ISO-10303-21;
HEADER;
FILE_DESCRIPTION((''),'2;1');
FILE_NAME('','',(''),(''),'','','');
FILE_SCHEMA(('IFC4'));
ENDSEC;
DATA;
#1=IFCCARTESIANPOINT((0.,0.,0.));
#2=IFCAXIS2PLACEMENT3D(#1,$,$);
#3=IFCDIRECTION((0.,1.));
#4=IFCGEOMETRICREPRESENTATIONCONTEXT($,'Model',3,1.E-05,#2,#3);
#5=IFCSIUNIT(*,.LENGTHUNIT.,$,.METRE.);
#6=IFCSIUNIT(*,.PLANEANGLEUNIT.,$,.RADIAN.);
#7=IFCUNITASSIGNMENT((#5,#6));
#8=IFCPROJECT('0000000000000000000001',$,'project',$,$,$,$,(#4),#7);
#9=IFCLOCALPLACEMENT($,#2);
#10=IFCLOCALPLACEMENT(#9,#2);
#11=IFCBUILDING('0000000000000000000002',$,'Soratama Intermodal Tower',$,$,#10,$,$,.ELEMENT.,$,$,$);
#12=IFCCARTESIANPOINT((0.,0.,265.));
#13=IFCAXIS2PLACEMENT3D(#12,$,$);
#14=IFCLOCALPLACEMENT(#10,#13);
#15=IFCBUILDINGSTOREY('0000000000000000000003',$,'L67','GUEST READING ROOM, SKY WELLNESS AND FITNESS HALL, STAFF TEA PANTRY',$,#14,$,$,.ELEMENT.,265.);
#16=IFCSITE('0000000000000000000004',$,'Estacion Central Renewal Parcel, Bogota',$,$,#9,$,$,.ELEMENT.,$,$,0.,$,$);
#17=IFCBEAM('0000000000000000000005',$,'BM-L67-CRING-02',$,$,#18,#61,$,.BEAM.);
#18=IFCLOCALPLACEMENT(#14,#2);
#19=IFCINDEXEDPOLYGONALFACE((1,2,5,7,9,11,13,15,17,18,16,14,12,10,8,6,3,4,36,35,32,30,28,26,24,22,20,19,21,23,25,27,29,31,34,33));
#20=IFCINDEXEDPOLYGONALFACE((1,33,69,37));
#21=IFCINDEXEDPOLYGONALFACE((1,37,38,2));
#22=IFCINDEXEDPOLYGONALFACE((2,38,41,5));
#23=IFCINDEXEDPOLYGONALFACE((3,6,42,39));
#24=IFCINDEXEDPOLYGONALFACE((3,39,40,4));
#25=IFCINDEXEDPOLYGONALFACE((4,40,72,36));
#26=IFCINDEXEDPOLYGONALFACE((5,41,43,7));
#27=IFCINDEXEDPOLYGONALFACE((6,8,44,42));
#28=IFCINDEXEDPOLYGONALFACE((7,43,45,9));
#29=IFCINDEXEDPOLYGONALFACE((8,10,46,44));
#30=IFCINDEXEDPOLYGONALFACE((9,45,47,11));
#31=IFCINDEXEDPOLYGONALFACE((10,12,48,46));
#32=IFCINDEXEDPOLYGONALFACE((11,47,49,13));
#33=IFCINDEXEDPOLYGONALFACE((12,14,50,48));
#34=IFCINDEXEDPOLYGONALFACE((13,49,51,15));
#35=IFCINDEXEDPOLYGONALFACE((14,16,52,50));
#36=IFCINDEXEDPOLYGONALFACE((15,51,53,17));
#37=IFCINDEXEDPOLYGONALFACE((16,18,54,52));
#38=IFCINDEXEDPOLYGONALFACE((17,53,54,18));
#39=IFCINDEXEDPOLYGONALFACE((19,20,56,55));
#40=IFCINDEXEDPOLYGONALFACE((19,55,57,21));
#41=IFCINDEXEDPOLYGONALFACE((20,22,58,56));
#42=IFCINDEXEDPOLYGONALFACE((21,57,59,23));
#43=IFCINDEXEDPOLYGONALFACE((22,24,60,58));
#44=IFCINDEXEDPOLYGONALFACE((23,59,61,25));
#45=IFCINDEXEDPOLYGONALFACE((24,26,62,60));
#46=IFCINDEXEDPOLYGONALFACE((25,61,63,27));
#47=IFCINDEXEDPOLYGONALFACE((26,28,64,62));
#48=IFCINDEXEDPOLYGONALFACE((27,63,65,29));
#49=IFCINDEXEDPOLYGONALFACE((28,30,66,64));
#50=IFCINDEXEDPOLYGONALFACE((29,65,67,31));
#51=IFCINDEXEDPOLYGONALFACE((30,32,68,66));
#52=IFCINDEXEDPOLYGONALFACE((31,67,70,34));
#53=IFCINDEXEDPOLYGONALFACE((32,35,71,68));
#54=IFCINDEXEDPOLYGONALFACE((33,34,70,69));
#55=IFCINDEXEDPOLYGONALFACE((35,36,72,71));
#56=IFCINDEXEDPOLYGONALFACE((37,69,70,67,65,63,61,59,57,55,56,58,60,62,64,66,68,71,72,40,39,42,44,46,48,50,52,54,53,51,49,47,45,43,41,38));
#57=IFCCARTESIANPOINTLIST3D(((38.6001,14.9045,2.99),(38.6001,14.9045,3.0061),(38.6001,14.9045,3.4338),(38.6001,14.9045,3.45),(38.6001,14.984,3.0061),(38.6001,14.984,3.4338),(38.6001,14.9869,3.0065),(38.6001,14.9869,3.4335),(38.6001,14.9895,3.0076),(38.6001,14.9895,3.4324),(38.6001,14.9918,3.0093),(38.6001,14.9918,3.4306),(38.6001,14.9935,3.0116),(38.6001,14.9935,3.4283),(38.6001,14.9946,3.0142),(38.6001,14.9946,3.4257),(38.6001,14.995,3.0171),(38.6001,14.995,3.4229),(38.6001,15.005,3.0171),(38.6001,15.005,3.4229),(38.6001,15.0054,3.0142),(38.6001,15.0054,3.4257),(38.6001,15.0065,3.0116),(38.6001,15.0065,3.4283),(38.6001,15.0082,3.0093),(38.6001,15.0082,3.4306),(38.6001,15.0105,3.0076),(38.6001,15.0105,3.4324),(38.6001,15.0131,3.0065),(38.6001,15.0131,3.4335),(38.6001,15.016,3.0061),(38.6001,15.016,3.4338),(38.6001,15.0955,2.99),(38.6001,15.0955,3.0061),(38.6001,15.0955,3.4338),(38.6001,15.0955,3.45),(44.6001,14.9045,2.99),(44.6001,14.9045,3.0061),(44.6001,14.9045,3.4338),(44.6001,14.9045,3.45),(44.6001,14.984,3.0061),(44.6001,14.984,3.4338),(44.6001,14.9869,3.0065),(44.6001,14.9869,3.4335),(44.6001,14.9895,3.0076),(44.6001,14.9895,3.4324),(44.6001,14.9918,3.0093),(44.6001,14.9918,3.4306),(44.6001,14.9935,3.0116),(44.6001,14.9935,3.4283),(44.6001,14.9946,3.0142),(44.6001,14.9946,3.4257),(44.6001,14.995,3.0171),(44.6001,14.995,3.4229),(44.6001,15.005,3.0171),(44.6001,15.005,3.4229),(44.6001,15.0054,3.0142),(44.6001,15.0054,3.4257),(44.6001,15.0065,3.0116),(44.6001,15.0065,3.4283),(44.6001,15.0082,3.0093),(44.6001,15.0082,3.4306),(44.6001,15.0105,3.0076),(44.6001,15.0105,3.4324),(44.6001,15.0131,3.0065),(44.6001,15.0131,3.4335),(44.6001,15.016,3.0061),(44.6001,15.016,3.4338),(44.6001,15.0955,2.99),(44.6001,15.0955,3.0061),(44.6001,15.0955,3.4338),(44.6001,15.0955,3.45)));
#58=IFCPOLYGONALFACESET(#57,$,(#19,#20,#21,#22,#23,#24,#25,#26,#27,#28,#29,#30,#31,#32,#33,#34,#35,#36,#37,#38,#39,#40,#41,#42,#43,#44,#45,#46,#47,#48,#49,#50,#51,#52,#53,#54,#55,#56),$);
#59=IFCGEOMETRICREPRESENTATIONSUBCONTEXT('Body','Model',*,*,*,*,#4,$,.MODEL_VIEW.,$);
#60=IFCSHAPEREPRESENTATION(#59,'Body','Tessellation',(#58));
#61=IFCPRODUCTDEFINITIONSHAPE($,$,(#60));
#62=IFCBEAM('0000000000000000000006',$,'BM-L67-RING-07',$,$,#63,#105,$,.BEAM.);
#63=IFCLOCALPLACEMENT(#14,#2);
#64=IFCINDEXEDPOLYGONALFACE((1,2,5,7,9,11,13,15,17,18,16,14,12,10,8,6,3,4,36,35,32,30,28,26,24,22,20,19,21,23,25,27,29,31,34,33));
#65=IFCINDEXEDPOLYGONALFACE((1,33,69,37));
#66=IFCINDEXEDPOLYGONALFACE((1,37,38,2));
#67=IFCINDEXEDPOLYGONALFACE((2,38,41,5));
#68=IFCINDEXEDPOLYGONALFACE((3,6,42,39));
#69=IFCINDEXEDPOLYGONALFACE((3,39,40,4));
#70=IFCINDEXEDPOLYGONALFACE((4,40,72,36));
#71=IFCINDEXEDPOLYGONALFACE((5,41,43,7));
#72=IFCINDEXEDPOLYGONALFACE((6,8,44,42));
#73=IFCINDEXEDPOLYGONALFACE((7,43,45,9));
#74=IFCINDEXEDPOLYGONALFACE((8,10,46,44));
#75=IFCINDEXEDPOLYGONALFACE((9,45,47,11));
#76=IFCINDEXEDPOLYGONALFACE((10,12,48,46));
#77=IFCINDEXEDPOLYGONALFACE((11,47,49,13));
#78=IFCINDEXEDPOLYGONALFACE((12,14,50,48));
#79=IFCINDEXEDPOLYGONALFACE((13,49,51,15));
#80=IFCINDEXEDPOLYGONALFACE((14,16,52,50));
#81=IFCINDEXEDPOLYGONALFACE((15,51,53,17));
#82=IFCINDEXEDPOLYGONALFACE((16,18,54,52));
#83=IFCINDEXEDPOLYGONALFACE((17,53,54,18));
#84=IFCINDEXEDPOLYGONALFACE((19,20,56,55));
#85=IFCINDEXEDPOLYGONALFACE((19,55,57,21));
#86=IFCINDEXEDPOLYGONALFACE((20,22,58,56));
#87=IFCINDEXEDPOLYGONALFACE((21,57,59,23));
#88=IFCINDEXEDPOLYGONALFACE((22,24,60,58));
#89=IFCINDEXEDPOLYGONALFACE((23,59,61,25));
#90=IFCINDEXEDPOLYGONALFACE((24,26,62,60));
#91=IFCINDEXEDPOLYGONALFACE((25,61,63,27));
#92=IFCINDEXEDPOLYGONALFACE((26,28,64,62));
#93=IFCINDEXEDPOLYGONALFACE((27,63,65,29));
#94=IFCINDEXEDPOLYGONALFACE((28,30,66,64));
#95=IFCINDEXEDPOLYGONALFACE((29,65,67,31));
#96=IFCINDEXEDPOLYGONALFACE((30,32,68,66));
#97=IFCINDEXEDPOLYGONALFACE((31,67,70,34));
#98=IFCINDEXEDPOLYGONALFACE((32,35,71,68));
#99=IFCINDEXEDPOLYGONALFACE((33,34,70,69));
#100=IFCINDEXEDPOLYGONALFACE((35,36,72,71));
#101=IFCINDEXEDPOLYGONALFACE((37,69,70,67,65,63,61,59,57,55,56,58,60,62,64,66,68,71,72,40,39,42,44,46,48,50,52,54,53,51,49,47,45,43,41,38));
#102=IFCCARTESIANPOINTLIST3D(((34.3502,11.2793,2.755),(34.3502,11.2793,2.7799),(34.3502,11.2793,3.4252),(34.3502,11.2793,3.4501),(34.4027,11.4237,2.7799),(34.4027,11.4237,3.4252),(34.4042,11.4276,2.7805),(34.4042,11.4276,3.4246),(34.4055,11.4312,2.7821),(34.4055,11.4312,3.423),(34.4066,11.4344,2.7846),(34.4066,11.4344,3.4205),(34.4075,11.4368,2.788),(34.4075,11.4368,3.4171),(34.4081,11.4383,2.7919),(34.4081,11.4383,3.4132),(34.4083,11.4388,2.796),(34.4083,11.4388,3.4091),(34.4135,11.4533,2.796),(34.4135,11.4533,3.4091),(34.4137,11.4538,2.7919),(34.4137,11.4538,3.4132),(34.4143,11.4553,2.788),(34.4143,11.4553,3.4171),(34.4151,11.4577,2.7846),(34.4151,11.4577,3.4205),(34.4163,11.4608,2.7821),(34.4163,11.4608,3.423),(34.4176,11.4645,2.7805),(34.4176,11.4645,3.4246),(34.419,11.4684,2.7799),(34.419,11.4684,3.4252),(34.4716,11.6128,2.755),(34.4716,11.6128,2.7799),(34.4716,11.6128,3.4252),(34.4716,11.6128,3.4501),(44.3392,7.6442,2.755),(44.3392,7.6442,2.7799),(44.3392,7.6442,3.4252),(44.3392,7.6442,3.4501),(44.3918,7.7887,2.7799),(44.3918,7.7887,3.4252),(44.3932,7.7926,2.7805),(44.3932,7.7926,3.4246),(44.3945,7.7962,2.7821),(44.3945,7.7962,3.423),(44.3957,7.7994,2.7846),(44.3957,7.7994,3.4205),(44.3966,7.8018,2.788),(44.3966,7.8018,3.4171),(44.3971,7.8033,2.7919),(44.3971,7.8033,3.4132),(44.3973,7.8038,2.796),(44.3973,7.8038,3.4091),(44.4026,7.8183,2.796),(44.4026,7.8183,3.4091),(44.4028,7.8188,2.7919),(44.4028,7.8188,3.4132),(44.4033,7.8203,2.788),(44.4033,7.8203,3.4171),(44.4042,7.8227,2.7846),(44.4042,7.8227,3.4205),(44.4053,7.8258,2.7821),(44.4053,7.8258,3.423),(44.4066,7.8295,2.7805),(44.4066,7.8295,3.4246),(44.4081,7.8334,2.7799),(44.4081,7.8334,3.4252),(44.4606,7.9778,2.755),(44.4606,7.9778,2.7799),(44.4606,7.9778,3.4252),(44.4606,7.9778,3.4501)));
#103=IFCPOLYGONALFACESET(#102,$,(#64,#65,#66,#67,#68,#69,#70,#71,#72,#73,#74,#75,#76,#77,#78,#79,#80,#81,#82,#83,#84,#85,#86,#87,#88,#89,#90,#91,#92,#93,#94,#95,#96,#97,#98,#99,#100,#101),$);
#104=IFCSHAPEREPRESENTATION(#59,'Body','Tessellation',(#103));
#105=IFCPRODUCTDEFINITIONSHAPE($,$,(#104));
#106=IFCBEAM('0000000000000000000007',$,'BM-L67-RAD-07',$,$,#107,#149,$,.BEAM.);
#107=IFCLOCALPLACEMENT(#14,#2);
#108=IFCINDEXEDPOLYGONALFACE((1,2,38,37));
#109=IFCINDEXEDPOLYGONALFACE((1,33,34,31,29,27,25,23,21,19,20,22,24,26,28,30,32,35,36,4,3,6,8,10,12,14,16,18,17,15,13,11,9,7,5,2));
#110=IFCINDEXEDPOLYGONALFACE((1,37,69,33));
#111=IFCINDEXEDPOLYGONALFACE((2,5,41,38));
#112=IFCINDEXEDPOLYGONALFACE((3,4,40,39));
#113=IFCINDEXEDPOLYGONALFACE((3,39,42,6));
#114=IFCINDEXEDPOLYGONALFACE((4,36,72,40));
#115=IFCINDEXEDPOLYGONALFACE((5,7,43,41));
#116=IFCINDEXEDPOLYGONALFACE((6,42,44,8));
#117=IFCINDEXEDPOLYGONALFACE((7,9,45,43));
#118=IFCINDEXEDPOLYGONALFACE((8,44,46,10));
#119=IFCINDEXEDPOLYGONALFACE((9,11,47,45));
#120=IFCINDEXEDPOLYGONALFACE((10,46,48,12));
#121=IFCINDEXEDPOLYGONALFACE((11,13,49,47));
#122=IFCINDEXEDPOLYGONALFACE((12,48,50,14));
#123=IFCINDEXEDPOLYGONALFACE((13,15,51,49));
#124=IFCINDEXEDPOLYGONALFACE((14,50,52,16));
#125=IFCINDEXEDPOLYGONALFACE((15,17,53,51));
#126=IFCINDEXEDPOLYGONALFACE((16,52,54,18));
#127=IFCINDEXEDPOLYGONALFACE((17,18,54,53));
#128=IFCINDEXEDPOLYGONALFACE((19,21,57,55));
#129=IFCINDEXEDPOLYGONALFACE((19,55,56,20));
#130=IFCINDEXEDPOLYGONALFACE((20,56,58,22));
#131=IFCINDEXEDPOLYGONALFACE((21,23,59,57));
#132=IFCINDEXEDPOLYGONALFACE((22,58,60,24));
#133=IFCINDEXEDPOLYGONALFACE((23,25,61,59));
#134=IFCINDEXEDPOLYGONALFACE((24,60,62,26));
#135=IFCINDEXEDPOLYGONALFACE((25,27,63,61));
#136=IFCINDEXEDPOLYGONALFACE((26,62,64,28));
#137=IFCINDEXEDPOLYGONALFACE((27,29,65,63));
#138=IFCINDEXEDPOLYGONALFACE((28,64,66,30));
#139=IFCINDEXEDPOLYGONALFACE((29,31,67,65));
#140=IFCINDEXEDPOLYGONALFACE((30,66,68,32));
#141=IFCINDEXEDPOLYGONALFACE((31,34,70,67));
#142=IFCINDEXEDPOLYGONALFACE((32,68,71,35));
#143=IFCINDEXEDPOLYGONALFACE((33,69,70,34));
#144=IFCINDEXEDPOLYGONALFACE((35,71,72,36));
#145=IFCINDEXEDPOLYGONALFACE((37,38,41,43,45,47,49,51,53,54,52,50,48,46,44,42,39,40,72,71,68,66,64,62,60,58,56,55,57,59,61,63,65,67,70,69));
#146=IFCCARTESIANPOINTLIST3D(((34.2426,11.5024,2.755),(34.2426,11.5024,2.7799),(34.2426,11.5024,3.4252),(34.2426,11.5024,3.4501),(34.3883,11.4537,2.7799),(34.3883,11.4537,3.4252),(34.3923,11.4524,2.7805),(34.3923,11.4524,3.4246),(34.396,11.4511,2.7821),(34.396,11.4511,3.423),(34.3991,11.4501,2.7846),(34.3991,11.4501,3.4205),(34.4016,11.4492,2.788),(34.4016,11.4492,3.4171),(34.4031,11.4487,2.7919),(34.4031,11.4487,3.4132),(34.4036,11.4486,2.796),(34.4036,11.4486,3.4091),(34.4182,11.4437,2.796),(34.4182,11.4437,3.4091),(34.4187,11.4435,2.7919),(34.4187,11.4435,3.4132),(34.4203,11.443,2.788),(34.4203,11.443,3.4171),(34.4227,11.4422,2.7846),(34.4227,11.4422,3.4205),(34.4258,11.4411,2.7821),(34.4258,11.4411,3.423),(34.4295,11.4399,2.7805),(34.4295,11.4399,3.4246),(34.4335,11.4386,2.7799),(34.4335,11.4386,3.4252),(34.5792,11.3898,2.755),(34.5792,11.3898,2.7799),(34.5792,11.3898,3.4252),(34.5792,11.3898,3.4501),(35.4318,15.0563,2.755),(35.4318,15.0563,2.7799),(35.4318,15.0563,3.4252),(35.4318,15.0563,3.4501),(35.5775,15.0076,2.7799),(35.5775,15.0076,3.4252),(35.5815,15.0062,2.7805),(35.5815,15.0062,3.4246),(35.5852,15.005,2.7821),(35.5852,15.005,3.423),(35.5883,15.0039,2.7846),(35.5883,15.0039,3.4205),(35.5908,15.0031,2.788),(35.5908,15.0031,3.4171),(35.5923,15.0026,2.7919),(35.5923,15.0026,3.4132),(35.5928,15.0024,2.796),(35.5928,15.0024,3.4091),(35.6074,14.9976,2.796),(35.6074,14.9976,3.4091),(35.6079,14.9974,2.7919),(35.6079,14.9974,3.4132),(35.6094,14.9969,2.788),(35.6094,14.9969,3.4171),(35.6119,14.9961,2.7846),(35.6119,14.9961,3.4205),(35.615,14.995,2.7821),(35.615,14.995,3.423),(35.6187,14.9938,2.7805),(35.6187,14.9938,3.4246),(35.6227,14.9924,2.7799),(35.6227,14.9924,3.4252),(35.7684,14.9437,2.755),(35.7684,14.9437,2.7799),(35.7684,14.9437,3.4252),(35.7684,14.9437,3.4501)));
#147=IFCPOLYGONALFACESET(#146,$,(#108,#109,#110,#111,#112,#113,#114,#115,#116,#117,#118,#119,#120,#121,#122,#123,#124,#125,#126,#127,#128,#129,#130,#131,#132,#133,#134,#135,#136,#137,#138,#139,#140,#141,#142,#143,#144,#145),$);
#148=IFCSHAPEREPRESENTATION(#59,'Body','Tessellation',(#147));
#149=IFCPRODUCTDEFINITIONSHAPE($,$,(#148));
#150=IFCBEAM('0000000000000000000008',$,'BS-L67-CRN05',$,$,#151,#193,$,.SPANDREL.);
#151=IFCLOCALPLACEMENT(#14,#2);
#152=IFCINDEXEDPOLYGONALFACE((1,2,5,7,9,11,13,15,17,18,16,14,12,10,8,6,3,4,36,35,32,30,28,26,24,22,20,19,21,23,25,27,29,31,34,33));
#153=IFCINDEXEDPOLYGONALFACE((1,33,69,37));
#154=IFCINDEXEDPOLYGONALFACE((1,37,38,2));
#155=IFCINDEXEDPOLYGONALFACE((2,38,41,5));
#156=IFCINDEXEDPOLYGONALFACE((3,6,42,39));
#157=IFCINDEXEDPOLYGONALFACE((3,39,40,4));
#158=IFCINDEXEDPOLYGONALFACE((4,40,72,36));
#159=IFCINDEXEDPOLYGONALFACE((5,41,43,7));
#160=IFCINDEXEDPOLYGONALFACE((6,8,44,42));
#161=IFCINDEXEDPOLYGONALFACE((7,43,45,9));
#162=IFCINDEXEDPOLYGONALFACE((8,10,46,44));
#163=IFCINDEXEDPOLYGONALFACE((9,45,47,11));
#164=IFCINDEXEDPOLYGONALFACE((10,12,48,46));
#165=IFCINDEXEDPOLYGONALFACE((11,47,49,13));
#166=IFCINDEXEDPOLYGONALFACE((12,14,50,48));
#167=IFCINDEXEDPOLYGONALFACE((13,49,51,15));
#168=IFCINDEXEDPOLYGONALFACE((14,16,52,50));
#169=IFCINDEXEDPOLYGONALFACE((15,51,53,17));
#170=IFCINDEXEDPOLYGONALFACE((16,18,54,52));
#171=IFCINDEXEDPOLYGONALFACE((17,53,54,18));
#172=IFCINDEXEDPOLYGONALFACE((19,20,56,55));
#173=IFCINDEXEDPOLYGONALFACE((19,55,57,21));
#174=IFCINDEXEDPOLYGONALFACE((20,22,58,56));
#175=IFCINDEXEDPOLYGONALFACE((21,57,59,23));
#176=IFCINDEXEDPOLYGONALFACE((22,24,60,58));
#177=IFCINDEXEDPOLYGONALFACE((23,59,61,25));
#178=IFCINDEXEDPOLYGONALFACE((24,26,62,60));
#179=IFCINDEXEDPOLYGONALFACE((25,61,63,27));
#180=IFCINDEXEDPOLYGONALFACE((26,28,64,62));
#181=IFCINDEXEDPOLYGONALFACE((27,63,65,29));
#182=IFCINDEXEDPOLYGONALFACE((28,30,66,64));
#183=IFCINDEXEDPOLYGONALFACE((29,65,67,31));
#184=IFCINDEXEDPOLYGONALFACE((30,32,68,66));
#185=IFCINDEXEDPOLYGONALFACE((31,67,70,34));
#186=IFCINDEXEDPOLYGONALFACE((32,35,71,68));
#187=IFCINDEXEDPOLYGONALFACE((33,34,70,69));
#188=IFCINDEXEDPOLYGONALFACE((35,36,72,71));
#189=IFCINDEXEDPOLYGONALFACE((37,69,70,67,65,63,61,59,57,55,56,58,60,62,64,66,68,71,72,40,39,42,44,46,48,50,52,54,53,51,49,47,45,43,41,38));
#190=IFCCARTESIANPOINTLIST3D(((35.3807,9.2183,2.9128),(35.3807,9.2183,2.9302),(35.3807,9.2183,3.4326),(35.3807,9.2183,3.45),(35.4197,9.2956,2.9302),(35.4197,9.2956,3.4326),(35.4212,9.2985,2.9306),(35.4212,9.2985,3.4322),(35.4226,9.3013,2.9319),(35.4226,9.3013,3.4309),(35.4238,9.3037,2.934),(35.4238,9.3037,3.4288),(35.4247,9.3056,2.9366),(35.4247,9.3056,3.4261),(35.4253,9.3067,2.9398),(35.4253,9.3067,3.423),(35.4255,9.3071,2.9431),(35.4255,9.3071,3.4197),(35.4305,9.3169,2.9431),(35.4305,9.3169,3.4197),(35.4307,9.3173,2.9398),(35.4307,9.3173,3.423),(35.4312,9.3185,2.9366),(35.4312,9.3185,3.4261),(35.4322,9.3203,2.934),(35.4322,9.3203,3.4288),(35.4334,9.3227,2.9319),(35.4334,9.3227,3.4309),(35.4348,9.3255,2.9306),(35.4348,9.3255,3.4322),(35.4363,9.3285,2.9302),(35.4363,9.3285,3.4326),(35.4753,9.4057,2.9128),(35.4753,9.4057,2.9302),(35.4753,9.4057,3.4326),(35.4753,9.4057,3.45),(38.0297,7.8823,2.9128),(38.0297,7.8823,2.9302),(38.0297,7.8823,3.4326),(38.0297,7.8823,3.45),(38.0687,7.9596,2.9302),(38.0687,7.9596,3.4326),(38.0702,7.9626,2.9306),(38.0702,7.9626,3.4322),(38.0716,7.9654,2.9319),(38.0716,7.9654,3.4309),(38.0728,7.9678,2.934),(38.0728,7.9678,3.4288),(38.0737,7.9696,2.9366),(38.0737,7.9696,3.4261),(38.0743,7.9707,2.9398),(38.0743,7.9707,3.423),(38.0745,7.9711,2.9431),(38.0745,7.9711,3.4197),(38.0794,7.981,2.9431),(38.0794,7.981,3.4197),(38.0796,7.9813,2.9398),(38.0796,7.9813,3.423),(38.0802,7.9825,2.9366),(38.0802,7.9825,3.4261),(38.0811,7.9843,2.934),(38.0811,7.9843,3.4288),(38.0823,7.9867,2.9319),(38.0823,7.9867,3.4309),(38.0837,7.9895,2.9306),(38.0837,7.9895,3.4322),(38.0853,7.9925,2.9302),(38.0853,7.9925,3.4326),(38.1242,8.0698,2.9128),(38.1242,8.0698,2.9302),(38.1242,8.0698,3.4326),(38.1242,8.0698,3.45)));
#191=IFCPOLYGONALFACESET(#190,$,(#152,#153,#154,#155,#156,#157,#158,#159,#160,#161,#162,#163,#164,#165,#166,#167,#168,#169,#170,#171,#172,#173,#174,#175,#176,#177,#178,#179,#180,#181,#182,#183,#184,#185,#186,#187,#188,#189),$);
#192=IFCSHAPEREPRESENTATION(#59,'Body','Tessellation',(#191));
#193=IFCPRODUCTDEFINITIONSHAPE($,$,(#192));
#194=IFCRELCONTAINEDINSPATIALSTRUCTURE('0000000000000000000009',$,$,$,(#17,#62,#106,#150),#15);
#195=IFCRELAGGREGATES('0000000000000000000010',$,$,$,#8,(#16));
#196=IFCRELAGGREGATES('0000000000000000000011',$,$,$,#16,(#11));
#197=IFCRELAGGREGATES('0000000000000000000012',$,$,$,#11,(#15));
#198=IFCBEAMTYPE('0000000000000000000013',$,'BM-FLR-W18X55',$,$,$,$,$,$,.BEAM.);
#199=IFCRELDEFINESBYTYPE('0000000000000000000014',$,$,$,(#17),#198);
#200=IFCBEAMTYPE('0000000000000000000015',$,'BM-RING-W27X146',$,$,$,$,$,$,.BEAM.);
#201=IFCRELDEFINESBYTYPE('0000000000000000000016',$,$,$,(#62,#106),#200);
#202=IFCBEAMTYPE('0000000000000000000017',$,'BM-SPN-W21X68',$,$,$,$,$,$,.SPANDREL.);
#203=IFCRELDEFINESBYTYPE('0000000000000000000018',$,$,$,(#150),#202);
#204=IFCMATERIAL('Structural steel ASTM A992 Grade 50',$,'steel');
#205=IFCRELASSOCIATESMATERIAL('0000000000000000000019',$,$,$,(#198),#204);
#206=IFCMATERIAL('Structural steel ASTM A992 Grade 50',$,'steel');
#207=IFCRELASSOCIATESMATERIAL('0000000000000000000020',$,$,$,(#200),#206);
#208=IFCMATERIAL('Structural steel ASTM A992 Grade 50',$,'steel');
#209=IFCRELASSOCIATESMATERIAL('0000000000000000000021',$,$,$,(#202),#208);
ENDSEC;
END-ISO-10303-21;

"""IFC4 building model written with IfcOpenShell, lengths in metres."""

from ifc_helpers import new_model, si_unit, direction, frame, origin, origin_2d, place, context, subcontext, project, spatial, i_section, extrude, material, material_profile, profile_set, type_object, element, save


model = new_model("IFC4")

# Units and contexts
model_context = context("Model", 3, precision=1e-05, world=origin(), true_north=direction((0.0, 1.0)))
body_context = subcontext(model_context, "Body", "Model", "MODEL_VIEW")
ifc_project = project(units=[si_unit("LENGTHUNIT", "METRE"), si_unit("PLANEANGLEUNIT", "RADIAN")], contexts=[model_context])

# Site, building, storey
site_placement = place(None, origin())
site = spatial("IfcSite", under=ifc_project, at=site_placement, Name="Estacion Central Renewal Parcel, Bogota", CompositionType="ELEMENT", RefElevation=0.0)
building_placement = place(site_placement, origin())
building = spatial("IfcBuilding", under=site, at=building_placement, Name="Soratama Intermodal Tower", CompositionType="ELEMENT")
storey_placement = place(building_placement, frame((0.0, 0.0, 265.0)))
storey = spatial("IfcBuildingStorey", under=building, at=storey_placement, Name="L67", Description="GUEST READING ROOM, SKY WELLNESS AND FITNESS HALL, STAFF TEA PANTRY", CompositionType="ELEMENT", Elevation=265.0)

# Beams
ifc_material_1 = material(Name="Structural steel ASTM A992 Grade 50", Category="steel")
ifc_material_profile_1 = material_profile(ifc_material_1, i_section(OverallWidth=0.1909, OverallDepth=0.46, WebThickness=0.01, FlangeThickness=0.0161, FilletRadius=0.011, at=origin_2d()), Name="W18X55")
ifc_profile_set_1 = profile_set([ifc_material_profile_1], Name="Structural steel ASTM A992 Grade 50")
beam_type_1 = type_object("IfcBeamType", Name="BM-FLR-W18X55", PredefinedType="BEAM", material=ifc_profile_set_1)
beam_1_placement = place(storey_placement, frame((38.6001, 15.0, 3.22), z_axis=(1.0, 0.0, 0.0), x_axis=(0.0, 1.0, 0.0)))
element("IfcBeam", 1, at=beam_1_placement, inside=storey, type_object=beam_type_1, Name="BM-L67-CRING-02", PredefinedType="BEAM", context=body_context, shape_type="SweptSolid", body=[
    extrude(i_section(OverallWidth=0.1909, OverallDepth=0.46, WebThickness=0.01, FlangeThickness=0.0161, FilletRadius=0.011, at=origin_2d()), origin(), (0.0, 0.0, 1.0), 6.0),
])
ifc_material_2 = material(Name="Structural steel ASTM A992 Grade 50", Category="steel")
ifc_material_profile_2 = material_profile(ifc_material_2, i_section(OverallWidth=0.355, OverallDepth=0.6951, WebThickness=0.0154, FlangeThickness=0.0249, FilletRadius=0.0161, at=origin_2d()), Name="W27X146")
ifc_profile_set_2 = profile_set([ifc_material_profile_2], Name="Structural steel ASTM A992 Grade 50")
beam_type_2 = type_object("IfcBeamType", Name="BM-RING-W27X146", PredefinedType="BEAM", material=ifc_profile_set_2)
beam_2_placement = place(storey_placement, frame((34.4109, 11.446, 3.1025), z_axis=(0.939714, -0.341963, 0.0), x_axis=(0.341963, 0.939714, 0.0)))
element("IfcBeam", 2, at=beam_2_placement, inside=storey, type_object=beam_type_2, Name="BM-L67-RING-07", PredefinedType="BEAM", context=body_context, shape_type="SweptSolid", body=[
    extrude(i_section(OverallWidth=0.355, OverallDepth=0.6951, WebThickness=0.0154, FlangeThickness=0.0249, FilletRadius=0.0161, at=origin_2d()), origin(), (0.0, 0.0, 1.0), 10.6299),
])
beam_3_placement = place(storey_placement, frame((35.6001, 15.0, 3.1025), z_axis=(-0.317322, -0.948318, 0.0), x_axis=(0.948318, -0.317322, 0.0)))
element("IfcBeam", 3, at=beam_3_placement, inside=storey, type_object=beam_type_2, Name="BM-L67-RAD-07", PredefinedType="BEAM", context=body_context, shape_type="SweptSolid", body=[
    extrude(i_section(OverallWidth=0.355, OverallDepth=0.6951, WebThickness=0.0154, FlangeThickness=0.0249, FilletRadius=0.0161, at=origin_2d()), origin(), (0.0, 0.0, 1.0), 3.7476),
])
ifc_material_3 = material(Name="Structural steel ASTM A992 Grade 50", Category="steel")
ifc_material_profile_3 = material_profile(ifc_material_3, i_section(OverallWidth=0.21, OverallDepth=0.5371, WebThickness=0.011, FlangeThickness=0.0173, FilletRadius=0.0129, at=origin_2d()), Name="W21X68")
ifc_profile_set_3 = profile_set([ifc_material_profile_3], Name="Structural steel ASTM A992 Grade 50")
beam_type_3 = type_object("IfcBeamType", Name="BM-SPN-W21X68", PredefinedType="SPANDREL", material=ifc_profile_set_3)
beam_4_placement = place(storey_placement, frame((35.428, 9.312, 3.1814), z_axis=(0.892875, -0.450305, 0.0), x_axis=(0.450305, 0.892875, 0.0)))
element("IfcBeam", 4, at=beam_4_placement, inside=storey, type_object=beam_type_3, Name="BS-L67-CRN05", PredefinedType="SPANDREL", context=body_context, shape_type="SweptSolid", body=[
    extrude(i_section(OverallWidth=0.21, OverallDepth=0.5371, WebThickness=0.011, FlangeThickness=0.0173, FilletRadius=0.0129, at=origin_2d()), origin(), (0.0, 0.0, 1.0), 2.9668),
])

save(model, "model.ifc")
